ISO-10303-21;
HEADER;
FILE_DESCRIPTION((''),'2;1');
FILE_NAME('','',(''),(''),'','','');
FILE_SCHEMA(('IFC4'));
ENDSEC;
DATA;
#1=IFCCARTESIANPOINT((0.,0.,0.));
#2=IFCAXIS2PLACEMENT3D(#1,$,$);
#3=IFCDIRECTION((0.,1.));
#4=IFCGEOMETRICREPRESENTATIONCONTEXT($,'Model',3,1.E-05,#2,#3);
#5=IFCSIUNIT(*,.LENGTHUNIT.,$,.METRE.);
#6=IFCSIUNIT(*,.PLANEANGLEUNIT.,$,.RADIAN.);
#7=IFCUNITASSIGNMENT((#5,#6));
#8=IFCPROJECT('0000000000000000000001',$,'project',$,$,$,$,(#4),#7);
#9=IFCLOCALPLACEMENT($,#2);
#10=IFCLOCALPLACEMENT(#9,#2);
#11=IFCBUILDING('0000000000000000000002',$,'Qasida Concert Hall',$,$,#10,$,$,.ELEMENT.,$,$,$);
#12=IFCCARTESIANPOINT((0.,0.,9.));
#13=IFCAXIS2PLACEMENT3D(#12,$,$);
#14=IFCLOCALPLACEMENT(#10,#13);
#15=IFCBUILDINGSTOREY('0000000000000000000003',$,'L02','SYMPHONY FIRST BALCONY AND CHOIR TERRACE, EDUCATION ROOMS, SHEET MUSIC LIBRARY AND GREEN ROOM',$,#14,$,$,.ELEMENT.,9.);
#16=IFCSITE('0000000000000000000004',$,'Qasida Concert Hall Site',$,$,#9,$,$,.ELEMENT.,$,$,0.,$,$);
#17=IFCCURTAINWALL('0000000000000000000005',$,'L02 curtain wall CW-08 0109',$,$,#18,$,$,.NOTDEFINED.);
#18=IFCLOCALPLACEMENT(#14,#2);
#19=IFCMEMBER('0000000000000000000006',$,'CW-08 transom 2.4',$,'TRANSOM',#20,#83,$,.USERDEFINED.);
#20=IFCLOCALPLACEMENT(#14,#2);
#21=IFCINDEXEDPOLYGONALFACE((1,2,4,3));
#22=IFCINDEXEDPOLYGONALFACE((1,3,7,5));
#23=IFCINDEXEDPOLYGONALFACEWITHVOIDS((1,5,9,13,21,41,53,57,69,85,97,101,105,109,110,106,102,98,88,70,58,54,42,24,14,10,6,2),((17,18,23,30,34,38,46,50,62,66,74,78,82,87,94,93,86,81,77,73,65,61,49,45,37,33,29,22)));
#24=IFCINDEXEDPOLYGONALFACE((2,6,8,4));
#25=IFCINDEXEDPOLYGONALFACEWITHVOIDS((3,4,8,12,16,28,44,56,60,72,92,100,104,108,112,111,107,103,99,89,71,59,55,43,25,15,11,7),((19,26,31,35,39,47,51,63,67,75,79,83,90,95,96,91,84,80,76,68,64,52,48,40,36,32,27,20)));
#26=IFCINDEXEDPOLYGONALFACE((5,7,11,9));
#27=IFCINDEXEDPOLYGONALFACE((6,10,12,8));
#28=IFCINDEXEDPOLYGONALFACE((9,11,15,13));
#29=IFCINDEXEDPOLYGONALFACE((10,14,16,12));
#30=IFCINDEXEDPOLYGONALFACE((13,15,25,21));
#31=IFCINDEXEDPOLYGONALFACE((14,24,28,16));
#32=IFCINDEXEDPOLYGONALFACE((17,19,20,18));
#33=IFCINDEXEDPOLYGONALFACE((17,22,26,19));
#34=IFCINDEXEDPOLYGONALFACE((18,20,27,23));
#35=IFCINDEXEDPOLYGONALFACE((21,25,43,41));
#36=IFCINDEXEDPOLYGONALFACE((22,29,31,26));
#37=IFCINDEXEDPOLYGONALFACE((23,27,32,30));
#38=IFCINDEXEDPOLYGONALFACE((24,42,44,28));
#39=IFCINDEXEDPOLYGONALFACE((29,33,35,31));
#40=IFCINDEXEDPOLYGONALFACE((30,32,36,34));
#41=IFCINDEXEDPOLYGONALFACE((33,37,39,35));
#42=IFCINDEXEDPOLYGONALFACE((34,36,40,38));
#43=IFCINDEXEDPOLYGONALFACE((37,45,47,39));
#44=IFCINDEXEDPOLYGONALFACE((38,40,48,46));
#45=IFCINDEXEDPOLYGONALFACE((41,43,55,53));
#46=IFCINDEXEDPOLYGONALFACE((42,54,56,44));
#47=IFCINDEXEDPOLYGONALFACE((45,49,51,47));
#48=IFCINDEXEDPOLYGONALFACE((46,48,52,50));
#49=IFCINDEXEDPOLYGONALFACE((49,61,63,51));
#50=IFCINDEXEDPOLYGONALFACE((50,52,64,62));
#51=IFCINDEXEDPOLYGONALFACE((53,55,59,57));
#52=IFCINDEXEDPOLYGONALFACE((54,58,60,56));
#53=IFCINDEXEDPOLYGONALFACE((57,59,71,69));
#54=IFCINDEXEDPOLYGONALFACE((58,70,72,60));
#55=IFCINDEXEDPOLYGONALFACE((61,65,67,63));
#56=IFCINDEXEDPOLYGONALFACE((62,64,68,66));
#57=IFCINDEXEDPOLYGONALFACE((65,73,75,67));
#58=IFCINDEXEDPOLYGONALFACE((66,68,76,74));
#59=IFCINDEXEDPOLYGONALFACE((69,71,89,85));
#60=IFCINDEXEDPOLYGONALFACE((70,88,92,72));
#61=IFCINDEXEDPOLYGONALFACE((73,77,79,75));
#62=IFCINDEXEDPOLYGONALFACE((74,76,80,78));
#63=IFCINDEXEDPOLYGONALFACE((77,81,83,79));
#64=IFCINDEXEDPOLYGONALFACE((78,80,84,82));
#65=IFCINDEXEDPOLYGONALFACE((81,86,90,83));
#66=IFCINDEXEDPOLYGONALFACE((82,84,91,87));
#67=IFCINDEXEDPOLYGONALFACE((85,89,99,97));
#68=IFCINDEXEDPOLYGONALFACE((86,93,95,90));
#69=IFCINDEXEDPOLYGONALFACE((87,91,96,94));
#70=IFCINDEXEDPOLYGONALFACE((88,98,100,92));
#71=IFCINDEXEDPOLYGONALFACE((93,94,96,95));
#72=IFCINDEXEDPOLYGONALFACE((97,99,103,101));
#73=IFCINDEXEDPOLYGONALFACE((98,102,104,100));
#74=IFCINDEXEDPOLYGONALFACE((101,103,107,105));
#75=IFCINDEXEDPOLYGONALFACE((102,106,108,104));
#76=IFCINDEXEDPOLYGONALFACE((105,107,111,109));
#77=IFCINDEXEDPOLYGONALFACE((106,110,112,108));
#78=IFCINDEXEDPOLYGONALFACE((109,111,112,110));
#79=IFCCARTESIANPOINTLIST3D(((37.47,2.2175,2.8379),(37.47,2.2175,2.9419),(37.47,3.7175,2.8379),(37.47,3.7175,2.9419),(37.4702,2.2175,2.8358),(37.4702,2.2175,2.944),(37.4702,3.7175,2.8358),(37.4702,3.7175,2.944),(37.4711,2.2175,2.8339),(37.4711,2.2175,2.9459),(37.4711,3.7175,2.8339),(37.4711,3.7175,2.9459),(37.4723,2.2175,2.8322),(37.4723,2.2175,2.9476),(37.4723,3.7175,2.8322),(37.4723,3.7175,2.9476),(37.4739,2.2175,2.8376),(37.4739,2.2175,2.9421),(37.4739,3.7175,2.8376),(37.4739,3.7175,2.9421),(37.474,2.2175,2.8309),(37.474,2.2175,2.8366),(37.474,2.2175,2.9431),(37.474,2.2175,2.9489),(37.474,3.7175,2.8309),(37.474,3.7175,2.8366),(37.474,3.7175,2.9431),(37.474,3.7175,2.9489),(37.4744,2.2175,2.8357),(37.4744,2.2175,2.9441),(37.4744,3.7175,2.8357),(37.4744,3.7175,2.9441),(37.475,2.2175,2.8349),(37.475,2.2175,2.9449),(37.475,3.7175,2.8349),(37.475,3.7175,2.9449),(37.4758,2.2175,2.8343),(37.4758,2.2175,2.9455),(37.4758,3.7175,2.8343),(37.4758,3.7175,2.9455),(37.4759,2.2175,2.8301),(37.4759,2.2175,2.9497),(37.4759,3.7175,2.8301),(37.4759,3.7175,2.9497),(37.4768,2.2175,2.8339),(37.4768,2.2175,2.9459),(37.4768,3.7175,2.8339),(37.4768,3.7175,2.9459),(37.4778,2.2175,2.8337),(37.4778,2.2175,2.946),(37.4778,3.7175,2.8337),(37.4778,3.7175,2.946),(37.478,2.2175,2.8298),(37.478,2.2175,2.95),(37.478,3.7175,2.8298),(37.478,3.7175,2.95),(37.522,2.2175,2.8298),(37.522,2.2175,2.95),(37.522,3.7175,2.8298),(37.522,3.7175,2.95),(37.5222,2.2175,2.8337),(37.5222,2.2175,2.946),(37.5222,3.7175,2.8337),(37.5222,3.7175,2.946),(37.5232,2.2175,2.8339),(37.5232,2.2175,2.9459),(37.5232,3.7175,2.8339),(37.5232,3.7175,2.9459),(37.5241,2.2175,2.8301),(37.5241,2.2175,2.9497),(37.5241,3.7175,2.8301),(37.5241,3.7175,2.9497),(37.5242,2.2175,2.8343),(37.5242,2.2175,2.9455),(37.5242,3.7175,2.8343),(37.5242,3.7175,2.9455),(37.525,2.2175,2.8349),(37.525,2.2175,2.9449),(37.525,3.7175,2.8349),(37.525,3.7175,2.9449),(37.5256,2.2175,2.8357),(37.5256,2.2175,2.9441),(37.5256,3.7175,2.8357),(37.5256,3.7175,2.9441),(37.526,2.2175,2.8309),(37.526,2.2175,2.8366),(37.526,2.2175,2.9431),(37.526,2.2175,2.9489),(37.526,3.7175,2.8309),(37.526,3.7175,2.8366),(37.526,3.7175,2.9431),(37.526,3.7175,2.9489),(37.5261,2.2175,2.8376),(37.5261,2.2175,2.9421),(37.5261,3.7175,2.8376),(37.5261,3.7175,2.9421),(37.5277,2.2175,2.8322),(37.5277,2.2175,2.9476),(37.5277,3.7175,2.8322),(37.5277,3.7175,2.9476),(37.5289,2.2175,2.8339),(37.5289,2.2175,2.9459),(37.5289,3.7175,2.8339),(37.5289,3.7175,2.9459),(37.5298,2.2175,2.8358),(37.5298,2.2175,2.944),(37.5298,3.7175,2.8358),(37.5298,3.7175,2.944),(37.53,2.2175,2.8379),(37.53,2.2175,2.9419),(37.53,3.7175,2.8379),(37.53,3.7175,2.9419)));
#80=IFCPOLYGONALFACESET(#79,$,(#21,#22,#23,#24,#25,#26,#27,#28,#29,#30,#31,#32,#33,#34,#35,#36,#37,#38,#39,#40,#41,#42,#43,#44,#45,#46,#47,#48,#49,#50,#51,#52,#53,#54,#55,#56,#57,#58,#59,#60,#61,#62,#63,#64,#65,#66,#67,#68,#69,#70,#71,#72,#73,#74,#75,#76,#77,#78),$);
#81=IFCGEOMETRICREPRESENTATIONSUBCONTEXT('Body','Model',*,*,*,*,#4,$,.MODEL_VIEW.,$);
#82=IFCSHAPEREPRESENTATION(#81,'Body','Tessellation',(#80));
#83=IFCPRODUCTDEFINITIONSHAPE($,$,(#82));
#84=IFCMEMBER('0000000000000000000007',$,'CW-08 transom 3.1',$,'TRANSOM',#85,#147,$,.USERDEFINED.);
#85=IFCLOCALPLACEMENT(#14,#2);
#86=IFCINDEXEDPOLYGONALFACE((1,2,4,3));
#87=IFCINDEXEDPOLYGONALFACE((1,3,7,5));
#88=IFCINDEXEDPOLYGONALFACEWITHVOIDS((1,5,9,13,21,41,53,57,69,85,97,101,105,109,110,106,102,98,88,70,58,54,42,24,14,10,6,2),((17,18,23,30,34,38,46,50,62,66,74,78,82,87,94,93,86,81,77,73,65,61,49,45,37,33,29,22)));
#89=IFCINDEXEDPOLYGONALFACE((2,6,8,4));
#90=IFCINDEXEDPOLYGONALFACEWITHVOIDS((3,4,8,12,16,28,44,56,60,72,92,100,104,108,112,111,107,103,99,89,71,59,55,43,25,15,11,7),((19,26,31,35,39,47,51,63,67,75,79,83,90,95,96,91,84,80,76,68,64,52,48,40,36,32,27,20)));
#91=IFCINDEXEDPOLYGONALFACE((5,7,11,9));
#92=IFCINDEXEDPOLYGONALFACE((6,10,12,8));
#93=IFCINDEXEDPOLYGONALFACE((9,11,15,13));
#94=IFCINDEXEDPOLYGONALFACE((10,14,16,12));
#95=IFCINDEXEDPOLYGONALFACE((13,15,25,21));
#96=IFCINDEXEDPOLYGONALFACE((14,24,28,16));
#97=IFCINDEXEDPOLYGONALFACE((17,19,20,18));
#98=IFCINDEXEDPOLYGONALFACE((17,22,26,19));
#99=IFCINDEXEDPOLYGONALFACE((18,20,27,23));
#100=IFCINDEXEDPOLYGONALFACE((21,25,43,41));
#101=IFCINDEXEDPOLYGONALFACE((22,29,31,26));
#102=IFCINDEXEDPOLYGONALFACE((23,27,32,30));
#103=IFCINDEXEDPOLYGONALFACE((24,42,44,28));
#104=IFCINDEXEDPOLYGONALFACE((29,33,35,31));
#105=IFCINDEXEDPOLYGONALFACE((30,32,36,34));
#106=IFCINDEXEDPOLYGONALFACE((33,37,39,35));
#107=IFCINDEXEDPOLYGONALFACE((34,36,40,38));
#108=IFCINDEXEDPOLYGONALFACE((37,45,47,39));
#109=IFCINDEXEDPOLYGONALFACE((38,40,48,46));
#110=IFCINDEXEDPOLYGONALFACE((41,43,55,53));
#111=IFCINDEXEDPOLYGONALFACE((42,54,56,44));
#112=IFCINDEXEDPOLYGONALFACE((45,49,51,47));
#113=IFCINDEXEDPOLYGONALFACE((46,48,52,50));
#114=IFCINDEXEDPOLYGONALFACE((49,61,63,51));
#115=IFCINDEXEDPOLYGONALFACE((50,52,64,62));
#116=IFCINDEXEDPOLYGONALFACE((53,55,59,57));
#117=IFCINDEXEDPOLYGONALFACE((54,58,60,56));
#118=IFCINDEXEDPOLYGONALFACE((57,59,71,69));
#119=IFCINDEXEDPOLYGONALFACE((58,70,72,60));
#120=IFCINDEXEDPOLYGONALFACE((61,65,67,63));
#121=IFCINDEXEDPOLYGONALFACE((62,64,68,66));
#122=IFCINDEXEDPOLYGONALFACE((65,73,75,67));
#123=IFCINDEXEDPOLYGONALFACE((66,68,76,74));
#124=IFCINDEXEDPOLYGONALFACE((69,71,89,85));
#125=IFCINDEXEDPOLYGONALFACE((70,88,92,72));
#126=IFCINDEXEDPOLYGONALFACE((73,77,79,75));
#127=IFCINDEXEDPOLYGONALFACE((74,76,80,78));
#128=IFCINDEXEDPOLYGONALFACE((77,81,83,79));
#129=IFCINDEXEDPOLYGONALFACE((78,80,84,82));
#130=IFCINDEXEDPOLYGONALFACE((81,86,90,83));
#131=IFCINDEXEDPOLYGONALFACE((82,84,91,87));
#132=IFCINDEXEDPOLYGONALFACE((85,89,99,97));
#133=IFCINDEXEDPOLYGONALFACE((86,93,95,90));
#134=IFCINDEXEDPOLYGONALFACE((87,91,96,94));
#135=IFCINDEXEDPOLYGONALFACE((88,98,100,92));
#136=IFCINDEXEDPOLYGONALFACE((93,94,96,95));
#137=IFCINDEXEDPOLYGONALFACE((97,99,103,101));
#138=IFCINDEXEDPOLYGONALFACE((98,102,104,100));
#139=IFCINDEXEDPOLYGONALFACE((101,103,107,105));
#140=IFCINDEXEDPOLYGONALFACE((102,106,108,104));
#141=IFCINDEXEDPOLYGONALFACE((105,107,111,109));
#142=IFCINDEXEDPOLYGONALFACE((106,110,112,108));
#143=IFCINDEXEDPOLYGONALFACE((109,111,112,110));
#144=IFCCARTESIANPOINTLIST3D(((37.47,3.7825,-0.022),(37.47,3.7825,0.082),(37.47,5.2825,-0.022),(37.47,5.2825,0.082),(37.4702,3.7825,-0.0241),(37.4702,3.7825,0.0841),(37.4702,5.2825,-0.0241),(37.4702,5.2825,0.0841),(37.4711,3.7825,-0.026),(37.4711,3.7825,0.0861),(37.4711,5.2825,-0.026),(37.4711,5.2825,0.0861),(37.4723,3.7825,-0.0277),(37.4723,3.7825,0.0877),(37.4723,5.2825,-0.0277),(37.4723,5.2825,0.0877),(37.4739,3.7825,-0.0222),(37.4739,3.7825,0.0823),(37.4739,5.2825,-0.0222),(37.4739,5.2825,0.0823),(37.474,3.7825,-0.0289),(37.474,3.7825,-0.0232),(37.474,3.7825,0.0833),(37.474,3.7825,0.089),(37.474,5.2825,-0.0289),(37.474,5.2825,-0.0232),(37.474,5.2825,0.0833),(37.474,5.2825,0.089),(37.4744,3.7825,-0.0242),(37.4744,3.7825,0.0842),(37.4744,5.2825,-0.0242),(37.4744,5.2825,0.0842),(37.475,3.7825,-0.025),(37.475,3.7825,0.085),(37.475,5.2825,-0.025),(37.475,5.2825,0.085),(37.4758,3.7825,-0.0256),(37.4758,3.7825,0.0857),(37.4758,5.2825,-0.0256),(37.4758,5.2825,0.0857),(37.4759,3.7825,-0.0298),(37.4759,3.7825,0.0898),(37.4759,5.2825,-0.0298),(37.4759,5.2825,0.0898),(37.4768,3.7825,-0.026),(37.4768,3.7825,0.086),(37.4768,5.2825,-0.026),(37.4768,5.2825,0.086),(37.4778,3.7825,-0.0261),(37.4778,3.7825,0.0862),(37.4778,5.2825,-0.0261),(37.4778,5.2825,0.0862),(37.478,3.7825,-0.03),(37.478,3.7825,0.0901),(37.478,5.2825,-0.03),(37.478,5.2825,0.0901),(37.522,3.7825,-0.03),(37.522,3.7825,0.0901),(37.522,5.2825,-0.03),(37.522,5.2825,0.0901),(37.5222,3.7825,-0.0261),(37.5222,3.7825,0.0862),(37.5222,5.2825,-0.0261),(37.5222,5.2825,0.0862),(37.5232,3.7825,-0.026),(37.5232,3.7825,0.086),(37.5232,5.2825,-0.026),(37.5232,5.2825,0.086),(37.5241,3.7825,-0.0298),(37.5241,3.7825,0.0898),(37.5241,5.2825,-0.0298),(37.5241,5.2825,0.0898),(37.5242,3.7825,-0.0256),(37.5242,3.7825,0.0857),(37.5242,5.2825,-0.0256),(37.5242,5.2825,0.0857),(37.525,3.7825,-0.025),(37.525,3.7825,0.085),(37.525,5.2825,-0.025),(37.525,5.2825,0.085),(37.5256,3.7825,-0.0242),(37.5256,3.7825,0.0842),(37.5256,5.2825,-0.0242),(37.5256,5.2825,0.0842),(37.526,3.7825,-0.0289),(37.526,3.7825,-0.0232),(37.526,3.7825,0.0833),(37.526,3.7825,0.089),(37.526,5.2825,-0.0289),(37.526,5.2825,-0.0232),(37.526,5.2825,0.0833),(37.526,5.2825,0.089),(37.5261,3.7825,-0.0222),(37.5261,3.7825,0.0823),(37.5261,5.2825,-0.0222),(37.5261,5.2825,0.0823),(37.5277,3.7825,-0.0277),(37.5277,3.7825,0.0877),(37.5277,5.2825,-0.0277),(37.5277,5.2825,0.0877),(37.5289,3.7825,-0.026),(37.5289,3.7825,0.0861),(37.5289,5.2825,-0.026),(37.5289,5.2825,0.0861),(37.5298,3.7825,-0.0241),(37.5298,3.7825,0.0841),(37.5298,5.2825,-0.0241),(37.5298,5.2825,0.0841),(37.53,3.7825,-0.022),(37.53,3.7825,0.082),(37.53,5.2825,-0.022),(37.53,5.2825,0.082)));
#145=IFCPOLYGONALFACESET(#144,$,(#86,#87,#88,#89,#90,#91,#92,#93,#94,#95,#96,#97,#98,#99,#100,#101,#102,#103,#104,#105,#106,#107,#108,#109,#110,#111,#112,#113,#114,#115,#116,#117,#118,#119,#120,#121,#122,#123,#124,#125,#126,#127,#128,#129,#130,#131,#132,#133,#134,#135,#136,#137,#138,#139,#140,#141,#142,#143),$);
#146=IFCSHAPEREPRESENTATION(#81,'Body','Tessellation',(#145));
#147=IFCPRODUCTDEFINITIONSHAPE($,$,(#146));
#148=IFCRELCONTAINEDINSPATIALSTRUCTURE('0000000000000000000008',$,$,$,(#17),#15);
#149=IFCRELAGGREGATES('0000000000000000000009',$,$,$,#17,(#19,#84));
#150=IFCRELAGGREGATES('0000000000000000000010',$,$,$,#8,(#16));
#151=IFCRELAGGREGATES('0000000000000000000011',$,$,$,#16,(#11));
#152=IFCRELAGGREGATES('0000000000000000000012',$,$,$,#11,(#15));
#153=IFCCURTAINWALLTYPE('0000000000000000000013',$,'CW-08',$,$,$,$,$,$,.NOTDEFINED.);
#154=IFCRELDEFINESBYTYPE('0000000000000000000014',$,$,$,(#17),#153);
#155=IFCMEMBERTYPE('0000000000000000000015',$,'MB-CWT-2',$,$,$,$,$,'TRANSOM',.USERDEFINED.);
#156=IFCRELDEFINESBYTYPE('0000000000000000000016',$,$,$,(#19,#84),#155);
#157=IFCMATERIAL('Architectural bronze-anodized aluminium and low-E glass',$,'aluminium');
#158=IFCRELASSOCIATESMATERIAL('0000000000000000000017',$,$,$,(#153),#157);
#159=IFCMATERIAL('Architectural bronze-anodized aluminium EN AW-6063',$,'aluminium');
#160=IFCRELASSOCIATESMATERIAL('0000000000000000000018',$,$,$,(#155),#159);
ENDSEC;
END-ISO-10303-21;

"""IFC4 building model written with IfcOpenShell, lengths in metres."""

from ifc_helpers import new_model, si_unit, direction, frame, origin, origin_2d, place, context, subcontext, project, spatial, hollow_rectangle, extrude, material, material_profile, profile_set, type_object, element, aggregate, save


model = new_model("IFC4")

# Units and contexts
model_context = context("Model", 3, precision=1e-05, world=origin(), true_north=direction((0.0, 1.0)))
body_context = subcontext(model_context, "Body", "Model", "MODEL_VIEW")
ifc_project = project(units=[si_unit("LENGTHUNIT", "METRE"), si_unit("PLANEANGLEUNIT", "RADIAN")], contexts=[model_context])

# Site, building, storey
site_placement = place(None, origin())
site = spatial("IfcSite", under=ifc_project, at=site_placement, Name="Qasida Concert Hall Site", CompositionType="ELEMENT", RefElevation=0.0)
building_placement = place(site_placement, origin())
building = spatial("IfcBuilding", under=site, at=building_placement, Name="Qasida Concert Hall", CompositionType="ELEMENT")
storey_placement = place(building_placement, frame((0.0, 0.0, 9.0)))
storey = spatial("IfcBuildingStorey", under=building, at=storey_placement, Name="L02", Description="SYMPHONY FIRST BALCONY AND CHOIR TERRACE, EDUCATION ROOMS, SHEET MUSIC LIBRARY AND GREEN ROOM", CompositionType="ELEMENT", Elevation=9.0)

# Curtain wall, members
ifc_material_1 = material(Name="Architectural bronze-anodized aluminium and low-E glass", Category="aluminium")
curtain_wall_type = type_object("IfcCurtainWallType", Name="CW-08", PredefinedType="NOTDEFINED", material=ifc_material_1)
curtain_wall_placement = place(storey_placement, origin())
curtain_wall = element("IfcCurtainWall", 1, at=curtain_wall_placement, inside=storey, type_object=curtain_wall_type, Name="L02 curtain wall CW-08 0109", PredefinedType="NOTDEFINED")
ifc_material_2 = material(Name="Architectural bronze-anodized aluminium EN AW-6063", Category="aluminium")
ifc_material_profile_1 = material_profile(ifc_material_2, hollow_rectangle(XDim=0.0601, YDim=0.1201, WallThickness=0.0039, InnerFilletRadius=0.0039, OuterFilletRadius=0.0081, at=origin_2d()), Name="CWT 120x60x4")
ifc_profile_set_1 = profile_set([ifc_material_profile_1], Name="Architectural bronze-anodized aluminium EN AW-6063")
member_type_1 = type_object("IfcMemberType", Name="MB-CWT-2", ElementType="TRANSOM", PredefinedType="USERDEFINED", material=ifc_profile_set_1)
member_1_placement = place(storey_placement, frame((37.5, 2.2175, 2.8899), z_axis=(0.0, 1.0, 0.0), x_axis=(-1.0, 0.0, 0.0)))
member_1 = element("IfcMember", 2, at=member_1_placement, type_object=member_type_1, Name="CW-08 transom 2.4", ObjectType="TRANSOM", PredefinedType="USERDEFINED", context=body_context, shape_type="SweptSolid", body=[
    extrude(hollow_rectangle(XDim=0.0601, YDim=0.1201, WallThickness=0.0039, InnerFilletRadius=0.0039, OuterFilletRadius=0.0081, at=origin_2d()), origin(), (0.0, 0.0, 1.0), 1.5),
])
member_2_placement = place(storey_placement, frame((37.5, 3.7825, 0.03), z_axis=(0.0, 1.0, 0.0), x_axis=(-1.0, 0.0, 0.0)))
member_2 = element("IfcMember", 3, at=member_2_placement, type_object=member_type_1, Name="CW-08 transom 3.1", ObjectType="TRANSOM", PredefinedType="USERDEFINED", context=body_context, shape_type="SweptSolid", body=[
    extrude(hollow_rectangle(XDim=0.0601, YDim=0.1201, WallThickness=0.0039, InnerFilletRadius=0.0039, OuterFilletRadius=0.0081, at=origin_2d()), origin(), (0.0, 0.0, 1.0), 1.5),
])
aggregate(curtain_wall, [member_1, member_2])

save(model, "model.ifc")
